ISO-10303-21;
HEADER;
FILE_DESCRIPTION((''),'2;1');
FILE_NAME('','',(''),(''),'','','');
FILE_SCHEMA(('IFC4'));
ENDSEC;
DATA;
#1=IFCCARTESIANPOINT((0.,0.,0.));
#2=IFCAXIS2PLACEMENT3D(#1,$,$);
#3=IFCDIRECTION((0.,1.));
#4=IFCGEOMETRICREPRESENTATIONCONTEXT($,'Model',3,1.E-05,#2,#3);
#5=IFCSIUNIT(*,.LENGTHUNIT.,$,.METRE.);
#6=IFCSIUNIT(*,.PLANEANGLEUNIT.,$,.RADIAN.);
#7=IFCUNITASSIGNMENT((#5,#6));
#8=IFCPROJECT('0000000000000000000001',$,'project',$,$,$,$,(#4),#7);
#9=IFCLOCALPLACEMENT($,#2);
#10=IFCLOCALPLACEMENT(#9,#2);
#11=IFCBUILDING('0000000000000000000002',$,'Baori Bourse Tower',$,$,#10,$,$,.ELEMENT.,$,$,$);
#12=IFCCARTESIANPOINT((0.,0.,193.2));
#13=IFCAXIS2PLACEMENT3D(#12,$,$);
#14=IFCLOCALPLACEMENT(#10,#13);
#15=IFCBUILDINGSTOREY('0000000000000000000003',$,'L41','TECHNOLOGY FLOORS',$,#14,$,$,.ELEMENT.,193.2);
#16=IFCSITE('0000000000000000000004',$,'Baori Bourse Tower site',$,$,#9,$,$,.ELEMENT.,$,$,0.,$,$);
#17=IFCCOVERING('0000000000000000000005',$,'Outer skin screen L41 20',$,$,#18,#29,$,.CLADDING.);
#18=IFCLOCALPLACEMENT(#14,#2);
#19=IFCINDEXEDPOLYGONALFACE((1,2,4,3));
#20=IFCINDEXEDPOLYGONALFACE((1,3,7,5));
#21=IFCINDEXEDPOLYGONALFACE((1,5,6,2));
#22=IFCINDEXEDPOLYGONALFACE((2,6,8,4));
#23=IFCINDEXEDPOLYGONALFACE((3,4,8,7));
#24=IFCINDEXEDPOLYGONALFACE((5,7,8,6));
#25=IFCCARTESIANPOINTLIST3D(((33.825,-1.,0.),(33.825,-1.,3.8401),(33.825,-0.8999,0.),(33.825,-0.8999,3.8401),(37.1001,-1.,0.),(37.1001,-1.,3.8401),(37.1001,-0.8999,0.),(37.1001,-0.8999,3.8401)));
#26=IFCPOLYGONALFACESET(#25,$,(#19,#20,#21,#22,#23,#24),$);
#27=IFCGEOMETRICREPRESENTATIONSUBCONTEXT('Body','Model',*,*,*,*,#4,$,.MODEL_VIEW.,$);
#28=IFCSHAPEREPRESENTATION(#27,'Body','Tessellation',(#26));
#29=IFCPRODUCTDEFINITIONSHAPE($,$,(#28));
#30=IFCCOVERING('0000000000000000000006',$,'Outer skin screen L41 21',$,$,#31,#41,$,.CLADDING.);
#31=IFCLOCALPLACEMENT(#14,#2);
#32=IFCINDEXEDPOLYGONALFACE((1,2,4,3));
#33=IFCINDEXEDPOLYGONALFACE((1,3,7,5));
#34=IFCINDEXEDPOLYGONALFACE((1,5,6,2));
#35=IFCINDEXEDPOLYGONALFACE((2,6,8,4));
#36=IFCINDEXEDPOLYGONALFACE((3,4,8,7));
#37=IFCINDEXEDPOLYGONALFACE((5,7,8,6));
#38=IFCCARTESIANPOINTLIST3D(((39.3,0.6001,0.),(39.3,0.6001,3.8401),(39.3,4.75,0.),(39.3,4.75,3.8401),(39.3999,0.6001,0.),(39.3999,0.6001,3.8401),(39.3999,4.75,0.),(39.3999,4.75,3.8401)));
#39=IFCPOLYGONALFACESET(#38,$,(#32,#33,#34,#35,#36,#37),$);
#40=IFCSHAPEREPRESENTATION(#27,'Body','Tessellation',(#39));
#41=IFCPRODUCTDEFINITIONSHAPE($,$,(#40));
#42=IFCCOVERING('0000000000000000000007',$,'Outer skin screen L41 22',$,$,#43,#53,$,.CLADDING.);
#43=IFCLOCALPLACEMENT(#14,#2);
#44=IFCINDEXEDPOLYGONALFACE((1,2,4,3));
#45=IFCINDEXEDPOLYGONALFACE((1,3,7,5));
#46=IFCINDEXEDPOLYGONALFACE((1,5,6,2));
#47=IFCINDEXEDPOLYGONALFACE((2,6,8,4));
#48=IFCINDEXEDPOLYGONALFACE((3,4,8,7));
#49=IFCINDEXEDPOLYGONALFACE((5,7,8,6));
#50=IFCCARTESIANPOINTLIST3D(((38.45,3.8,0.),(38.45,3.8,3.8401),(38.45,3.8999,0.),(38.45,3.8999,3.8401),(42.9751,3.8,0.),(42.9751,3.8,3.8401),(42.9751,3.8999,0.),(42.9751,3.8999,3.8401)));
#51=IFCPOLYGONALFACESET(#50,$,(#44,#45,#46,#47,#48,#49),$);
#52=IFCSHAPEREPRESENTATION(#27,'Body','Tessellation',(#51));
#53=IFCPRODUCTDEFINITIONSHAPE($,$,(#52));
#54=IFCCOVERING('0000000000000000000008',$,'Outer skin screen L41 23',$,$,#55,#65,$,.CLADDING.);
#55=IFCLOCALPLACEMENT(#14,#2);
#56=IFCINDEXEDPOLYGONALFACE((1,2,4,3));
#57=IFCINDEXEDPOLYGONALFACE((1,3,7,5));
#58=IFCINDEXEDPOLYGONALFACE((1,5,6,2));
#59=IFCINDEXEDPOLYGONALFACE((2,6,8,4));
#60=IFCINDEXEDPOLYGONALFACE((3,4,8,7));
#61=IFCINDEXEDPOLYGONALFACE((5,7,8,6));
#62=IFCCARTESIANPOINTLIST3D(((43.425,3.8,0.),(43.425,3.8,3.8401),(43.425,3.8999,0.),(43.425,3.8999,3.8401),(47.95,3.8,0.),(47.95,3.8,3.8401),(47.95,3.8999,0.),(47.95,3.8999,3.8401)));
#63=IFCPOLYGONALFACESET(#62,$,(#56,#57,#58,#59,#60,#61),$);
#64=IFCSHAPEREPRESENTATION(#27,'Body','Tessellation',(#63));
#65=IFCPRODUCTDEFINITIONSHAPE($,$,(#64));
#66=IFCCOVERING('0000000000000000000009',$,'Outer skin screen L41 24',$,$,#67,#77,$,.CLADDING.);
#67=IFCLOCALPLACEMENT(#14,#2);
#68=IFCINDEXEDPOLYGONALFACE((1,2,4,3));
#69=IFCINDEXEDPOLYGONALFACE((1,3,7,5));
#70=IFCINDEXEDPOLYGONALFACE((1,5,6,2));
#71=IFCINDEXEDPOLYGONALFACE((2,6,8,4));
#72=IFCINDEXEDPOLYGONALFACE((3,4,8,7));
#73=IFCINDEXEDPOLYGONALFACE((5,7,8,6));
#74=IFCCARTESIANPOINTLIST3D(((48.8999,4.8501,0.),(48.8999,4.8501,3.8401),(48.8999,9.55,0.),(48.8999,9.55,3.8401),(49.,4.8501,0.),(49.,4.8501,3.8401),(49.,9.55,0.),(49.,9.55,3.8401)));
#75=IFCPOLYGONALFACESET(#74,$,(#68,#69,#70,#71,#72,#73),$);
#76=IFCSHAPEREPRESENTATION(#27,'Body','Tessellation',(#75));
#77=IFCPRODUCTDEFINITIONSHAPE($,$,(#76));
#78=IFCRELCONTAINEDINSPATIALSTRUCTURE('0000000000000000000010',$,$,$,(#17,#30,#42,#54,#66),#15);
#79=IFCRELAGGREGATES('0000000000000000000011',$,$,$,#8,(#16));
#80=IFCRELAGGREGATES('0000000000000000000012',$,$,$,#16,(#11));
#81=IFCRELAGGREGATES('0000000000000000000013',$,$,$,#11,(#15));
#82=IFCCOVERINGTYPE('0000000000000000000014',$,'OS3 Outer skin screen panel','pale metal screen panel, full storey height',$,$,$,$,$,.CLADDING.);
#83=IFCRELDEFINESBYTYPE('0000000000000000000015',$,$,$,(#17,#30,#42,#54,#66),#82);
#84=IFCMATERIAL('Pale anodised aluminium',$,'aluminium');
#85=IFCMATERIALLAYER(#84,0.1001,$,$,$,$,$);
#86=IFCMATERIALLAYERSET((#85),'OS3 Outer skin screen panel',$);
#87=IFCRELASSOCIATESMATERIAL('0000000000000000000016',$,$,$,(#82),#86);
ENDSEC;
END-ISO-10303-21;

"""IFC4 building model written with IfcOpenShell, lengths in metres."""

from ifc_helpers import new_model, si_unit, direction, frame, origin, place, context, subcontext, project, spatial, polyline, outline, extrude, material, layer, layer_set, type_object, element, save


model = new_model("IFC4")

# Units and contexts
model_context = context("Model", 3, precision=1e-05, world=origin(), true_north=direction((0.0, 1.0)))
body_context = subcontext(model_context, "Body", "Model", "MODEL_VIEW")
ifc_project = project(units=[si_unit("LENGTHUNIT", "METRE"), si_unit("PLANEANGLEUNIT", "RADIAN")], contexts=[model_context])

# Site, building, storey
site_placement = place(None, origin())
site = spatial("IfcSite", under=ifc_project, at=site_placement, Name="Baori Bourse Tower site", CompositionType="ELEMENT", RefElevation=0.0)
building_placement = place(site_placement, origin())
building = spatial("IfcBuilding", under=site, at=building_placement, Name="Baori Bourse Tower", CompositionType="ELEMENT")
storey_placement = place(building_placement, frame((0.0, 0.0, 193.2)))
storey = spatial("IfcBuildingStorey", under=building, at=storey_placement, Name="L41", Description="TECHNOLOGY FLOORS", CompositionType="ELEMENT", Elevation=193.2)

# Coverings
ifc_material_1 = material(Name="Pale anodised aluminium", Category="aluminium")
ifc_layer_1 = layer(ifc_material_1, 0.1001)
ifc_layer_set_1 = layer_set([ifc_layer_1], Name="OS3 Outer skin screen panel")
covering_type = type_object("IfcCoveringType", Name="OS3 Outer skin screen panel", Description="pale metal screen panel, full storey height", PredefinedType="CLADDING", material=ifc_layer_set_1)
covering_1_placement = place(storey_placement, origin())
element("IfcCovering", 1, at=covering_1_placement, inside=storey, type_object=covering_type, Name="Outer skin screen L41 20", PredefinedType="CLADDING", context=body_context, shape_type="SweptSolid", body=[
    extrude(outline(polyline([(37.1001, -0.8999), (33.825, -0.8999), (33.825, -1.0), (37.1001, -1.0), (37.1001, -0.8999)])), origin(), (0.0, 0.0, 1.0), 3.8401),
])
covering_2_placement = place(storey_placement, origin())
element("IfcCovering", 2, at=covering_2_placement, inside=storey, type_object=covering_type, Name="Outer skin screen L41 21", PredefinedType="CLADDING", context=body_context, shape_type="SweptSolid", body=[
    extrude(outline(polyline([(39.3, 4.75), (39.3, 0.6001), (39.3999, 0.6001), (39.3999, 4.75), (39.3, 4.75)])), origin(), (0.0, 0.0, 1.0), 3.8401),
])
covering_3_placement = place(storey_placement, origin())
element("IfcCovering", 3, at=covering_3_placement, inside=storey, type_object=covering_type, Name="Outer skin screen L41 22", PredefinedType="CLADDING", context=body_context, shape_type="SweptSolid", body=[
    extrude(outline(polyline([(42.9751, 3.8999), (38.45, 3.8999), (38.45, 3.8), (42.9751, 3.8), (42.9751, 3.8999)])), origin(), (0.0, 0.0, 1.0), 3.8401),
])
covering_4_placement = place(storey_placement, origin())
element("IfcCovering", 4, at=covering_4_placement, inside=storey, type_object=covering_type, Name="Outer skin screen L41 23", PredefinedType="CLADDING", context=body_context, shape_type="SweptSolid", body=[
    extrude(outline(polyline([(47.95, 3.8999), (43.425, 3.8999), (43.425, 3.8), (47.95, 3.8), (47.95, 3.8999)])), origin(), (0.0, 0.0, 1.0), 3.8401),
])
covering_5_placement = place(storey_placement, origin())
element("IfcCovering", 5, at=covering_5_placement, inside=storey, type_object=covering_type, Name="Outer skin screen L41 24", PredefinedType="CLADDING", context=body_context, shape_type="SweptSolid", body=[
    extrude(outline(polyline([(48.8999, 9.55), (48.8999, 4.8501), (49.0, 4.8501), (49.0, 9.55), (48.8999, 9.55)])), origin(), (0.0, 0.0, 1.0), 3.8401),
])

save(model, "model.ifc")
